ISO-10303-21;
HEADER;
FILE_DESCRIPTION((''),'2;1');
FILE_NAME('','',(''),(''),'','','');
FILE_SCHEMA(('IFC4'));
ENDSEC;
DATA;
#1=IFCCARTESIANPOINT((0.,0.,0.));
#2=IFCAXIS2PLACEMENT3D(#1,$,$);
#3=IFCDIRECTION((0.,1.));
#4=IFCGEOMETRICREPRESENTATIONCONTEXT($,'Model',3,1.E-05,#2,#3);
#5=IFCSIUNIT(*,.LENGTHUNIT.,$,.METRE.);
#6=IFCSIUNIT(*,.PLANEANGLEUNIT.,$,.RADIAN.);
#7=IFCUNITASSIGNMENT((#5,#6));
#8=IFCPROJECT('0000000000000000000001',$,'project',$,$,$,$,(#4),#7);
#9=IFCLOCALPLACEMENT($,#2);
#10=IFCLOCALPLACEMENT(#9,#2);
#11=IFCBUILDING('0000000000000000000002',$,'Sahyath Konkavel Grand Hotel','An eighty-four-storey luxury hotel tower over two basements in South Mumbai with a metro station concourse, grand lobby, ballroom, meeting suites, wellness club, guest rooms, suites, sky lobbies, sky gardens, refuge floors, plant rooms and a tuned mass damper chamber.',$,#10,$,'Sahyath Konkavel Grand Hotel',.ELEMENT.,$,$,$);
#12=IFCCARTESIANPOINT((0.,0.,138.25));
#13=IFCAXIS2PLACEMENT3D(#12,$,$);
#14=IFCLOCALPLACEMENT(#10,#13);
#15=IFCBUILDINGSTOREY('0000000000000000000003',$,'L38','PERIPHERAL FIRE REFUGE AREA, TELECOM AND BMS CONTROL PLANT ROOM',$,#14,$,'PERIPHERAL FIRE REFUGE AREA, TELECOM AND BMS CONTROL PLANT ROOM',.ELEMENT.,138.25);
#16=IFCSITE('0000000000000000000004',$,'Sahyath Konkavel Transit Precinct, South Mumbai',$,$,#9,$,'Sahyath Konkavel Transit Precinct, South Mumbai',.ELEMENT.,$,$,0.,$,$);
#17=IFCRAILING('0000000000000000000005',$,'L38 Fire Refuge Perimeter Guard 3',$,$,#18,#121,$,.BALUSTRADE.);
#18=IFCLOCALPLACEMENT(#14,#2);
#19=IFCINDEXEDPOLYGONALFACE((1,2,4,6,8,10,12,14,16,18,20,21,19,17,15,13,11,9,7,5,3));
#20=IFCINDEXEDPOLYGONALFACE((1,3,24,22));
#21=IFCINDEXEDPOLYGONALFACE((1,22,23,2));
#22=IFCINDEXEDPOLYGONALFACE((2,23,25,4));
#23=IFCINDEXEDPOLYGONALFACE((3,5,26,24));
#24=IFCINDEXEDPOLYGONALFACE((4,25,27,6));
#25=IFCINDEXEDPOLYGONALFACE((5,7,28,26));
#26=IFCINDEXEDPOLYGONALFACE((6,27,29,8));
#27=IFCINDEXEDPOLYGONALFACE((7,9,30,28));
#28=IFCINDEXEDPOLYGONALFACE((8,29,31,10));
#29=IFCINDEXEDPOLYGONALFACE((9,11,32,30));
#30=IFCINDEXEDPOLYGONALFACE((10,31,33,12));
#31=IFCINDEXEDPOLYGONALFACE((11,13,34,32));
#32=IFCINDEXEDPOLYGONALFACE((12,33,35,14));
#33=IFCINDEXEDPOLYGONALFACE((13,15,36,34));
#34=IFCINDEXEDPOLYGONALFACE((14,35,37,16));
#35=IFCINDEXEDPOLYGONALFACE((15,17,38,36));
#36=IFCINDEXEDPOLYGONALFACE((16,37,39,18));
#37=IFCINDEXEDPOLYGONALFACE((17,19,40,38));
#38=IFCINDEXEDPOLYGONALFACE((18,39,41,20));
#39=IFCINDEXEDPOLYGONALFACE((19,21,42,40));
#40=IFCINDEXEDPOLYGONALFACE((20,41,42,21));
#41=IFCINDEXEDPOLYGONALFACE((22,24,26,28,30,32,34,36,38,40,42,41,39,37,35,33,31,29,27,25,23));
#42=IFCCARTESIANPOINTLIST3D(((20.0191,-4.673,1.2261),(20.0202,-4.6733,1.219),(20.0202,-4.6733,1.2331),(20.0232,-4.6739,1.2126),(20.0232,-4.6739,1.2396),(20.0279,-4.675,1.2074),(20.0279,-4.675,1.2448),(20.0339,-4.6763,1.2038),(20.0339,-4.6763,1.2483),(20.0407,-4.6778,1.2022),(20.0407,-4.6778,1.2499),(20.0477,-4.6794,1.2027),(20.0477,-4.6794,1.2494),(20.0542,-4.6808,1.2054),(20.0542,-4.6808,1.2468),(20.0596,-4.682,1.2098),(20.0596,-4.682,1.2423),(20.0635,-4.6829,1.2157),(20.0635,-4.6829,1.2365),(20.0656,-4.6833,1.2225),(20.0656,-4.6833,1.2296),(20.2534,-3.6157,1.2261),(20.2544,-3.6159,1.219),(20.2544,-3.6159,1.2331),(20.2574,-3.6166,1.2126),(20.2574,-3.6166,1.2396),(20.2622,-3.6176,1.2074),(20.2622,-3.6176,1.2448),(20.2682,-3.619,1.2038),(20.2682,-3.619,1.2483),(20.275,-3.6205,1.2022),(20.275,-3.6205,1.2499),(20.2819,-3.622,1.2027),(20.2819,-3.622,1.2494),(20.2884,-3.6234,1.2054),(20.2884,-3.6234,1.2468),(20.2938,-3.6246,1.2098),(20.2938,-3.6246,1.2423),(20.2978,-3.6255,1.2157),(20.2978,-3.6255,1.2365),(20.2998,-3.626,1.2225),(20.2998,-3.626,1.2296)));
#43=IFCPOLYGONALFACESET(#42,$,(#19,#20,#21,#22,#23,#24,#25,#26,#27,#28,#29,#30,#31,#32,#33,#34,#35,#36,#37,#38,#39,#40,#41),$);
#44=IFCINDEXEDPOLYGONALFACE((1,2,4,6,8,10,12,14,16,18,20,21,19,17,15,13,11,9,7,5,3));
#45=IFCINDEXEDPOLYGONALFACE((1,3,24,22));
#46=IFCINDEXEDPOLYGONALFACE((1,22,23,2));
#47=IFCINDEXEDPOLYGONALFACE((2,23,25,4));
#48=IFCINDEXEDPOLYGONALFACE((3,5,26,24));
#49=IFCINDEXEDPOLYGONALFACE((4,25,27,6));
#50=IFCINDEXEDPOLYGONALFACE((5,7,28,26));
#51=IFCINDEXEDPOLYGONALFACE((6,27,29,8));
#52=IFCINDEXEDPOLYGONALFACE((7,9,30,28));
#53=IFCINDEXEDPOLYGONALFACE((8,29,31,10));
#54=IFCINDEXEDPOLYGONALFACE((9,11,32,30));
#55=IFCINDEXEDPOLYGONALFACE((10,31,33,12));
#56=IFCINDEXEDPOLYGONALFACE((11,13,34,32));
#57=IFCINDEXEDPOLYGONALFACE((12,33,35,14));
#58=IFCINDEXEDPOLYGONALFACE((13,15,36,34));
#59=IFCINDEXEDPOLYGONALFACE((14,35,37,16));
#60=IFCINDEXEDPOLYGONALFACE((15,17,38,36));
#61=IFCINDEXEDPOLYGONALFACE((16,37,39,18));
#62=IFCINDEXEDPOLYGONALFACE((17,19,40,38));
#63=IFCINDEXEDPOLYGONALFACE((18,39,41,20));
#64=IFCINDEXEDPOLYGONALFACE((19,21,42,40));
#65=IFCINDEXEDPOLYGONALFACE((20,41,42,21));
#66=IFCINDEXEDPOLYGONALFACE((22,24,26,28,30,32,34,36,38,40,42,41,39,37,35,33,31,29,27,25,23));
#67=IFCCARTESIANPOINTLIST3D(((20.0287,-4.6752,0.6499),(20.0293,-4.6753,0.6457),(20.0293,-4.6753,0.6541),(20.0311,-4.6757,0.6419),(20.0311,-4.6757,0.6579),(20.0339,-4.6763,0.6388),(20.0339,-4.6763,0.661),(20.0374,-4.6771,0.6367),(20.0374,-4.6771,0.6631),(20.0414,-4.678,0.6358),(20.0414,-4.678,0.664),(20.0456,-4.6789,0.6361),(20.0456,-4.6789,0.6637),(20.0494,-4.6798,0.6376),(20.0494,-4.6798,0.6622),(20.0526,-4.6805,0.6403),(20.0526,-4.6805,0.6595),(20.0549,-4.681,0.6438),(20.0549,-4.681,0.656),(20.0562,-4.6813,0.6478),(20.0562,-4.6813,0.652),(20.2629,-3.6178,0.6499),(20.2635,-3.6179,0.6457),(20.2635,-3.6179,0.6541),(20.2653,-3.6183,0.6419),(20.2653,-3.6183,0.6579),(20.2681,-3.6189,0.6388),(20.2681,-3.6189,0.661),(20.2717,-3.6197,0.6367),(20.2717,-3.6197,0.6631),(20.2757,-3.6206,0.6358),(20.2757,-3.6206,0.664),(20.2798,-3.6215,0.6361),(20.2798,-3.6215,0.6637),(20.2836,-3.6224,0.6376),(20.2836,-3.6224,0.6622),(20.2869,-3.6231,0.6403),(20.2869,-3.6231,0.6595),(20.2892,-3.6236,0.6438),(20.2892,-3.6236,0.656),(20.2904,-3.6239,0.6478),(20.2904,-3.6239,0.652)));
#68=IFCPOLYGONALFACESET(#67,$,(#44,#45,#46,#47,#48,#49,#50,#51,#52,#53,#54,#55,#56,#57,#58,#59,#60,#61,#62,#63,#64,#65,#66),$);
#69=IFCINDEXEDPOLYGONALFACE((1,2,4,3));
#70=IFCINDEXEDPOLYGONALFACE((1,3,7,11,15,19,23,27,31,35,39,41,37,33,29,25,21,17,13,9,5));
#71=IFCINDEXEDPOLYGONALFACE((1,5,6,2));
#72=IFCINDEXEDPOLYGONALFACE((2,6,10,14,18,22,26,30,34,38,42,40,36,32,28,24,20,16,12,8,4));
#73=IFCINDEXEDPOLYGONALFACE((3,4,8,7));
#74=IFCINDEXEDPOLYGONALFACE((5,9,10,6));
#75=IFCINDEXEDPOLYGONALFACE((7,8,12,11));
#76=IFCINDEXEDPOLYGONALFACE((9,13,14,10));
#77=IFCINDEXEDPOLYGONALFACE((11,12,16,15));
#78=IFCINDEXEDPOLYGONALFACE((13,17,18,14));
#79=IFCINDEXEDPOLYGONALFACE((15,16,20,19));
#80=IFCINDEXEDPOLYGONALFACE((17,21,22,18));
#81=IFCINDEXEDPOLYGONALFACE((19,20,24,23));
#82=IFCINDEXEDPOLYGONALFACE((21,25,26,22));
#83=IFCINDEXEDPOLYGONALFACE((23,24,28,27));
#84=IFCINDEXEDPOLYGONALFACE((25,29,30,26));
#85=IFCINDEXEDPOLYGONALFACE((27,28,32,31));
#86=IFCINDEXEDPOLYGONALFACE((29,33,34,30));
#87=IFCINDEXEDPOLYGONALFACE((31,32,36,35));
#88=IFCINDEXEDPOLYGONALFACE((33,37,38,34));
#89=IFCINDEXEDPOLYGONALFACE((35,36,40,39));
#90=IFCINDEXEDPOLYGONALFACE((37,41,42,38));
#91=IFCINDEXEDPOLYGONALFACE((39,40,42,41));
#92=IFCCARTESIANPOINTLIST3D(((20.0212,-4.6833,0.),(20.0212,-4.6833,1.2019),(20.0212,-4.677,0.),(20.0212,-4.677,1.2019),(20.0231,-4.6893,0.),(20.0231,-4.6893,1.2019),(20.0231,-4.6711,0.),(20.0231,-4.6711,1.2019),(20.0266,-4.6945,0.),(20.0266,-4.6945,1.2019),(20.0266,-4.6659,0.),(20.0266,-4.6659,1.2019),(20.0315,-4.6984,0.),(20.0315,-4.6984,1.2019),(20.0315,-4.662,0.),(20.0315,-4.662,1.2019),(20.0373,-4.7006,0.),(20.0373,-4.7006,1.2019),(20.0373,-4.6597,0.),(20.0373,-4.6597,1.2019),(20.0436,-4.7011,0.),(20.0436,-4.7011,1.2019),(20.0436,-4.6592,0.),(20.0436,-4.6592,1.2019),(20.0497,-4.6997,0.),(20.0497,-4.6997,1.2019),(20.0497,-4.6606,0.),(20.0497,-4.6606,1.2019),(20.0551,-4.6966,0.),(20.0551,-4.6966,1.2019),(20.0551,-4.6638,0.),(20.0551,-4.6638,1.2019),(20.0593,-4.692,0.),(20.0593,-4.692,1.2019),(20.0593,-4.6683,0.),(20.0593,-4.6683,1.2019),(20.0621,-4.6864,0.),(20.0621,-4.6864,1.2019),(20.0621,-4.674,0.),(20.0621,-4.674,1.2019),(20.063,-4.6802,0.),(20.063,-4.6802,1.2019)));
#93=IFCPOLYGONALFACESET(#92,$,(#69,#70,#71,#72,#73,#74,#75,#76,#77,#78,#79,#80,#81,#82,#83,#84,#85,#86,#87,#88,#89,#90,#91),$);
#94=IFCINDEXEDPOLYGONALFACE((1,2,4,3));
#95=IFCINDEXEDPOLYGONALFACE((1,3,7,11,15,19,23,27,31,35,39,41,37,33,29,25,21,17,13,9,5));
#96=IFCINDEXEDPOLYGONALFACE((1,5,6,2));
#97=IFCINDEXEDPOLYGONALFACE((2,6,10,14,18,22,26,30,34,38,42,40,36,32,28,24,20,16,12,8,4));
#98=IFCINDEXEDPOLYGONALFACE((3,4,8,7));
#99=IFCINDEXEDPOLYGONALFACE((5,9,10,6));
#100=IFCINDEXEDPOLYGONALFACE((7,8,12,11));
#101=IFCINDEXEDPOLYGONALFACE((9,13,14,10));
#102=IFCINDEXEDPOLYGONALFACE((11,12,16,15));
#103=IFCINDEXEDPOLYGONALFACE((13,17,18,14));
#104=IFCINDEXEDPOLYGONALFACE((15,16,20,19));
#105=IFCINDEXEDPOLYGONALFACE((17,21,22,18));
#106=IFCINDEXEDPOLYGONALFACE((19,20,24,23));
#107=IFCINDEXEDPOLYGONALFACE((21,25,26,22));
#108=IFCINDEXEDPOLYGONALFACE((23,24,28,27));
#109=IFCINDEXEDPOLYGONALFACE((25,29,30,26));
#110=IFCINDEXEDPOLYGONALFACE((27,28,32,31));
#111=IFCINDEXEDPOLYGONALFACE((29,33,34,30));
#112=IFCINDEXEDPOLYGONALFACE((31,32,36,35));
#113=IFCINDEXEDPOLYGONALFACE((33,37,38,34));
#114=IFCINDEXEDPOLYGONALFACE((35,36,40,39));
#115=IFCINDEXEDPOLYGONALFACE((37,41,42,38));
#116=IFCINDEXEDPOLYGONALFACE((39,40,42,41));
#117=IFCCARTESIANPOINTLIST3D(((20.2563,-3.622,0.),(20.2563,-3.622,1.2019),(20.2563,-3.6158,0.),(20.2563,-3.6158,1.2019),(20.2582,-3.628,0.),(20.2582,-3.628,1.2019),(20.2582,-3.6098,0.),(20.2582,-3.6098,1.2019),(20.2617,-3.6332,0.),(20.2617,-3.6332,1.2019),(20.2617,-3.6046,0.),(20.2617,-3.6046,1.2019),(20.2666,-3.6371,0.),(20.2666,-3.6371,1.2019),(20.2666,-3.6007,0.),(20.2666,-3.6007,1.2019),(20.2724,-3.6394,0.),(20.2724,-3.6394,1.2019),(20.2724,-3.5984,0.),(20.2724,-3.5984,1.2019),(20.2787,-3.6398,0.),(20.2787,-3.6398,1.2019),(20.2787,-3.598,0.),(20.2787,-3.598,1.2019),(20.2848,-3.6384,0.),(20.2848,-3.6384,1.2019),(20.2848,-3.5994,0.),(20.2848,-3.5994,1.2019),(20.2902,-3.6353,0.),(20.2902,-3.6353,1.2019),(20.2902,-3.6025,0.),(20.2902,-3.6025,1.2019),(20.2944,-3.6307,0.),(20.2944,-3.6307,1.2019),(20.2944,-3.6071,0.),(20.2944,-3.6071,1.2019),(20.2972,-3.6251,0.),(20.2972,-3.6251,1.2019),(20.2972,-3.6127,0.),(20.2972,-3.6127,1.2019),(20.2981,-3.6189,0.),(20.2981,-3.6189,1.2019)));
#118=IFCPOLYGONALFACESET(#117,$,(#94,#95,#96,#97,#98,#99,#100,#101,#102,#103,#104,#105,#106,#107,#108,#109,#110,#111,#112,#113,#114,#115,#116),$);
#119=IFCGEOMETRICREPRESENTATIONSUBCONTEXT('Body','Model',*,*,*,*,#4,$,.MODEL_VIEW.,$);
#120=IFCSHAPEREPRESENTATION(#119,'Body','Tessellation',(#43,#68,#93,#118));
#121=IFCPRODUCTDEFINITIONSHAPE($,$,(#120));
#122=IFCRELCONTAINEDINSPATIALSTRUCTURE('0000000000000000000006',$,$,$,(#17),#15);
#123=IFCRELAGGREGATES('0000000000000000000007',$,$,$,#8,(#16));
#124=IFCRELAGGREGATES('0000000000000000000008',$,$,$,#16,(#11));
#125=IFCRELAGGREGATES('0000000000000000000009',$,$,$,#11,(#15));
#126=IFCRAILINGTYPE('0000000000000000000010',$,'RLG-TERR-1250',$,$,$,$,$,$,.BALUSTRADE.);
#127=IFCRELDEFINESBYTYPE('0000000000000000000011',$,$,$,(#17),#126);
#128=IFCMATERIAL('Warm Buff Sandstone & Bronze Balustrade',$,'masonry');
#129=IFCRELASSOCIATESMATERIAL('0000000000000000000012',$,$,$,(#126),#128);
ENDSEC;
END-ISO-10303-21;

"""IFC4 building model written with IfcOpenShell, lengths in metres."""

from ifc_helpers import new_model, si_unit, direction, frame, origin, origin_2d, place, context, subcontext, project, spatial, circle, extrude, material, type_object, element, save


model = new_model("IFC4")

# Units and contexts
model_context = context("Model", 3, precision=1e-05, world=origin(), true_north=direction((0.0, 1.0)))
body_context = subcontext(model_context, "Body", "Model", "MODEL_VIEW")
ifc_project = project(units=[si_unit("LENGTHUNIT", "METRE"), si_unit("PLANEANGLEUNIT", "RADIAN")], contexts=[model_context])

# Site, building, storey
site_placement = place(None, origin())
site = spatial("IfcSite", under=ifc_project, at=site_placement, Name="Sahyath Konkavel Transit Precinct, South Mumbai", LongName="Sahyath Konkavel Transit Precinct, South Mumbai", CompositionType="ELEMENT", RefElevation=0.0)
building_placement = place(site_placement, origin())
building = spatial("IfcBuilding", under=site, at=building_placement, Name="Sahyath Konkavel Grand Hotel", Description="An eighty-four-storey luxury hotel tower over two basements in South Mumbai with a metro station concourse, grand lobby, ballroom, meeting suites, wellness club, guest rooms, suites, sky lobbies, sky gardens, refuge floors, plant rooms and a tuned mass damper chamber.", LongName="Sahyath Konkavel Grand Hotel", CompositionType="ELEMENT")
storey_placement = place(building_placement, frame((0.0, 0.0, 138.25)))
storey = spatial("IfcBuildingStorey", under=building, at=storey_placement, Name="L38", Description="PERIPHERAL FIRE REFUGE AREA, TELECOM AND BMS CONTROL PLANT ROOM", LongName="PERIPHERAL FIRE REFUGE AREA, TELECOM AND BMS CONTROL PLANT ROOM", CompositionType="ELEMENT", Elevation=138.25)

# Railing
ifc_material_1 = material(Name="Warm Buff Sandstone & Bronze Balustrade", Category="masonry")
railing_type = type_object("IfcRailingType", Name="RLG-TERR-1250", PredefinedType="BALUSTRADE", material=ifc_material_1)
railing_1_placement = place(storey_placement, frame((20.042, -4.6802, 0.0)))
element("IfcRailing", 1, at=railing_1_placement, inside=storey, type_object=railing_type, Name="L38 Fire Refuge Perimeter Guard 3", PredefinedType="BALUSTRADE", context=body_context, shape_type="SweptSolid", body=[
    extrude(circle(Radius=0.0239, at=origin_2d()), frame((0.0005, 0.002, 1.2261), z_axis=(0.216288, 0.97633, 0.0), x_axis=(-0.97633, 0.216288, 0.0)), (0.0, 0.0, 1.0), 1.083),
    extrude(circle(Radius=0.0142, at=origin_2d()), frame((0.0005, 0.002, 0.6499), z_axis=(0.216288, 0.97633, 0.0), x_axis=(-0.97633, 0.216288, 0.0)), (0.0, 0.0, 1.0), 1.083),
    extrude(circle(Radius=0.021, at=origin_2d()), origin(), (0.0, 0.0, 1.0), 1.2019),
    extrude(circle(Radius=0.021, at=origin_2d()), frame((0.2351, 1.0613, 0.0)), (0.0, 0.0, 1.0), 1.2019),
])

save(model, "model.ifc")
